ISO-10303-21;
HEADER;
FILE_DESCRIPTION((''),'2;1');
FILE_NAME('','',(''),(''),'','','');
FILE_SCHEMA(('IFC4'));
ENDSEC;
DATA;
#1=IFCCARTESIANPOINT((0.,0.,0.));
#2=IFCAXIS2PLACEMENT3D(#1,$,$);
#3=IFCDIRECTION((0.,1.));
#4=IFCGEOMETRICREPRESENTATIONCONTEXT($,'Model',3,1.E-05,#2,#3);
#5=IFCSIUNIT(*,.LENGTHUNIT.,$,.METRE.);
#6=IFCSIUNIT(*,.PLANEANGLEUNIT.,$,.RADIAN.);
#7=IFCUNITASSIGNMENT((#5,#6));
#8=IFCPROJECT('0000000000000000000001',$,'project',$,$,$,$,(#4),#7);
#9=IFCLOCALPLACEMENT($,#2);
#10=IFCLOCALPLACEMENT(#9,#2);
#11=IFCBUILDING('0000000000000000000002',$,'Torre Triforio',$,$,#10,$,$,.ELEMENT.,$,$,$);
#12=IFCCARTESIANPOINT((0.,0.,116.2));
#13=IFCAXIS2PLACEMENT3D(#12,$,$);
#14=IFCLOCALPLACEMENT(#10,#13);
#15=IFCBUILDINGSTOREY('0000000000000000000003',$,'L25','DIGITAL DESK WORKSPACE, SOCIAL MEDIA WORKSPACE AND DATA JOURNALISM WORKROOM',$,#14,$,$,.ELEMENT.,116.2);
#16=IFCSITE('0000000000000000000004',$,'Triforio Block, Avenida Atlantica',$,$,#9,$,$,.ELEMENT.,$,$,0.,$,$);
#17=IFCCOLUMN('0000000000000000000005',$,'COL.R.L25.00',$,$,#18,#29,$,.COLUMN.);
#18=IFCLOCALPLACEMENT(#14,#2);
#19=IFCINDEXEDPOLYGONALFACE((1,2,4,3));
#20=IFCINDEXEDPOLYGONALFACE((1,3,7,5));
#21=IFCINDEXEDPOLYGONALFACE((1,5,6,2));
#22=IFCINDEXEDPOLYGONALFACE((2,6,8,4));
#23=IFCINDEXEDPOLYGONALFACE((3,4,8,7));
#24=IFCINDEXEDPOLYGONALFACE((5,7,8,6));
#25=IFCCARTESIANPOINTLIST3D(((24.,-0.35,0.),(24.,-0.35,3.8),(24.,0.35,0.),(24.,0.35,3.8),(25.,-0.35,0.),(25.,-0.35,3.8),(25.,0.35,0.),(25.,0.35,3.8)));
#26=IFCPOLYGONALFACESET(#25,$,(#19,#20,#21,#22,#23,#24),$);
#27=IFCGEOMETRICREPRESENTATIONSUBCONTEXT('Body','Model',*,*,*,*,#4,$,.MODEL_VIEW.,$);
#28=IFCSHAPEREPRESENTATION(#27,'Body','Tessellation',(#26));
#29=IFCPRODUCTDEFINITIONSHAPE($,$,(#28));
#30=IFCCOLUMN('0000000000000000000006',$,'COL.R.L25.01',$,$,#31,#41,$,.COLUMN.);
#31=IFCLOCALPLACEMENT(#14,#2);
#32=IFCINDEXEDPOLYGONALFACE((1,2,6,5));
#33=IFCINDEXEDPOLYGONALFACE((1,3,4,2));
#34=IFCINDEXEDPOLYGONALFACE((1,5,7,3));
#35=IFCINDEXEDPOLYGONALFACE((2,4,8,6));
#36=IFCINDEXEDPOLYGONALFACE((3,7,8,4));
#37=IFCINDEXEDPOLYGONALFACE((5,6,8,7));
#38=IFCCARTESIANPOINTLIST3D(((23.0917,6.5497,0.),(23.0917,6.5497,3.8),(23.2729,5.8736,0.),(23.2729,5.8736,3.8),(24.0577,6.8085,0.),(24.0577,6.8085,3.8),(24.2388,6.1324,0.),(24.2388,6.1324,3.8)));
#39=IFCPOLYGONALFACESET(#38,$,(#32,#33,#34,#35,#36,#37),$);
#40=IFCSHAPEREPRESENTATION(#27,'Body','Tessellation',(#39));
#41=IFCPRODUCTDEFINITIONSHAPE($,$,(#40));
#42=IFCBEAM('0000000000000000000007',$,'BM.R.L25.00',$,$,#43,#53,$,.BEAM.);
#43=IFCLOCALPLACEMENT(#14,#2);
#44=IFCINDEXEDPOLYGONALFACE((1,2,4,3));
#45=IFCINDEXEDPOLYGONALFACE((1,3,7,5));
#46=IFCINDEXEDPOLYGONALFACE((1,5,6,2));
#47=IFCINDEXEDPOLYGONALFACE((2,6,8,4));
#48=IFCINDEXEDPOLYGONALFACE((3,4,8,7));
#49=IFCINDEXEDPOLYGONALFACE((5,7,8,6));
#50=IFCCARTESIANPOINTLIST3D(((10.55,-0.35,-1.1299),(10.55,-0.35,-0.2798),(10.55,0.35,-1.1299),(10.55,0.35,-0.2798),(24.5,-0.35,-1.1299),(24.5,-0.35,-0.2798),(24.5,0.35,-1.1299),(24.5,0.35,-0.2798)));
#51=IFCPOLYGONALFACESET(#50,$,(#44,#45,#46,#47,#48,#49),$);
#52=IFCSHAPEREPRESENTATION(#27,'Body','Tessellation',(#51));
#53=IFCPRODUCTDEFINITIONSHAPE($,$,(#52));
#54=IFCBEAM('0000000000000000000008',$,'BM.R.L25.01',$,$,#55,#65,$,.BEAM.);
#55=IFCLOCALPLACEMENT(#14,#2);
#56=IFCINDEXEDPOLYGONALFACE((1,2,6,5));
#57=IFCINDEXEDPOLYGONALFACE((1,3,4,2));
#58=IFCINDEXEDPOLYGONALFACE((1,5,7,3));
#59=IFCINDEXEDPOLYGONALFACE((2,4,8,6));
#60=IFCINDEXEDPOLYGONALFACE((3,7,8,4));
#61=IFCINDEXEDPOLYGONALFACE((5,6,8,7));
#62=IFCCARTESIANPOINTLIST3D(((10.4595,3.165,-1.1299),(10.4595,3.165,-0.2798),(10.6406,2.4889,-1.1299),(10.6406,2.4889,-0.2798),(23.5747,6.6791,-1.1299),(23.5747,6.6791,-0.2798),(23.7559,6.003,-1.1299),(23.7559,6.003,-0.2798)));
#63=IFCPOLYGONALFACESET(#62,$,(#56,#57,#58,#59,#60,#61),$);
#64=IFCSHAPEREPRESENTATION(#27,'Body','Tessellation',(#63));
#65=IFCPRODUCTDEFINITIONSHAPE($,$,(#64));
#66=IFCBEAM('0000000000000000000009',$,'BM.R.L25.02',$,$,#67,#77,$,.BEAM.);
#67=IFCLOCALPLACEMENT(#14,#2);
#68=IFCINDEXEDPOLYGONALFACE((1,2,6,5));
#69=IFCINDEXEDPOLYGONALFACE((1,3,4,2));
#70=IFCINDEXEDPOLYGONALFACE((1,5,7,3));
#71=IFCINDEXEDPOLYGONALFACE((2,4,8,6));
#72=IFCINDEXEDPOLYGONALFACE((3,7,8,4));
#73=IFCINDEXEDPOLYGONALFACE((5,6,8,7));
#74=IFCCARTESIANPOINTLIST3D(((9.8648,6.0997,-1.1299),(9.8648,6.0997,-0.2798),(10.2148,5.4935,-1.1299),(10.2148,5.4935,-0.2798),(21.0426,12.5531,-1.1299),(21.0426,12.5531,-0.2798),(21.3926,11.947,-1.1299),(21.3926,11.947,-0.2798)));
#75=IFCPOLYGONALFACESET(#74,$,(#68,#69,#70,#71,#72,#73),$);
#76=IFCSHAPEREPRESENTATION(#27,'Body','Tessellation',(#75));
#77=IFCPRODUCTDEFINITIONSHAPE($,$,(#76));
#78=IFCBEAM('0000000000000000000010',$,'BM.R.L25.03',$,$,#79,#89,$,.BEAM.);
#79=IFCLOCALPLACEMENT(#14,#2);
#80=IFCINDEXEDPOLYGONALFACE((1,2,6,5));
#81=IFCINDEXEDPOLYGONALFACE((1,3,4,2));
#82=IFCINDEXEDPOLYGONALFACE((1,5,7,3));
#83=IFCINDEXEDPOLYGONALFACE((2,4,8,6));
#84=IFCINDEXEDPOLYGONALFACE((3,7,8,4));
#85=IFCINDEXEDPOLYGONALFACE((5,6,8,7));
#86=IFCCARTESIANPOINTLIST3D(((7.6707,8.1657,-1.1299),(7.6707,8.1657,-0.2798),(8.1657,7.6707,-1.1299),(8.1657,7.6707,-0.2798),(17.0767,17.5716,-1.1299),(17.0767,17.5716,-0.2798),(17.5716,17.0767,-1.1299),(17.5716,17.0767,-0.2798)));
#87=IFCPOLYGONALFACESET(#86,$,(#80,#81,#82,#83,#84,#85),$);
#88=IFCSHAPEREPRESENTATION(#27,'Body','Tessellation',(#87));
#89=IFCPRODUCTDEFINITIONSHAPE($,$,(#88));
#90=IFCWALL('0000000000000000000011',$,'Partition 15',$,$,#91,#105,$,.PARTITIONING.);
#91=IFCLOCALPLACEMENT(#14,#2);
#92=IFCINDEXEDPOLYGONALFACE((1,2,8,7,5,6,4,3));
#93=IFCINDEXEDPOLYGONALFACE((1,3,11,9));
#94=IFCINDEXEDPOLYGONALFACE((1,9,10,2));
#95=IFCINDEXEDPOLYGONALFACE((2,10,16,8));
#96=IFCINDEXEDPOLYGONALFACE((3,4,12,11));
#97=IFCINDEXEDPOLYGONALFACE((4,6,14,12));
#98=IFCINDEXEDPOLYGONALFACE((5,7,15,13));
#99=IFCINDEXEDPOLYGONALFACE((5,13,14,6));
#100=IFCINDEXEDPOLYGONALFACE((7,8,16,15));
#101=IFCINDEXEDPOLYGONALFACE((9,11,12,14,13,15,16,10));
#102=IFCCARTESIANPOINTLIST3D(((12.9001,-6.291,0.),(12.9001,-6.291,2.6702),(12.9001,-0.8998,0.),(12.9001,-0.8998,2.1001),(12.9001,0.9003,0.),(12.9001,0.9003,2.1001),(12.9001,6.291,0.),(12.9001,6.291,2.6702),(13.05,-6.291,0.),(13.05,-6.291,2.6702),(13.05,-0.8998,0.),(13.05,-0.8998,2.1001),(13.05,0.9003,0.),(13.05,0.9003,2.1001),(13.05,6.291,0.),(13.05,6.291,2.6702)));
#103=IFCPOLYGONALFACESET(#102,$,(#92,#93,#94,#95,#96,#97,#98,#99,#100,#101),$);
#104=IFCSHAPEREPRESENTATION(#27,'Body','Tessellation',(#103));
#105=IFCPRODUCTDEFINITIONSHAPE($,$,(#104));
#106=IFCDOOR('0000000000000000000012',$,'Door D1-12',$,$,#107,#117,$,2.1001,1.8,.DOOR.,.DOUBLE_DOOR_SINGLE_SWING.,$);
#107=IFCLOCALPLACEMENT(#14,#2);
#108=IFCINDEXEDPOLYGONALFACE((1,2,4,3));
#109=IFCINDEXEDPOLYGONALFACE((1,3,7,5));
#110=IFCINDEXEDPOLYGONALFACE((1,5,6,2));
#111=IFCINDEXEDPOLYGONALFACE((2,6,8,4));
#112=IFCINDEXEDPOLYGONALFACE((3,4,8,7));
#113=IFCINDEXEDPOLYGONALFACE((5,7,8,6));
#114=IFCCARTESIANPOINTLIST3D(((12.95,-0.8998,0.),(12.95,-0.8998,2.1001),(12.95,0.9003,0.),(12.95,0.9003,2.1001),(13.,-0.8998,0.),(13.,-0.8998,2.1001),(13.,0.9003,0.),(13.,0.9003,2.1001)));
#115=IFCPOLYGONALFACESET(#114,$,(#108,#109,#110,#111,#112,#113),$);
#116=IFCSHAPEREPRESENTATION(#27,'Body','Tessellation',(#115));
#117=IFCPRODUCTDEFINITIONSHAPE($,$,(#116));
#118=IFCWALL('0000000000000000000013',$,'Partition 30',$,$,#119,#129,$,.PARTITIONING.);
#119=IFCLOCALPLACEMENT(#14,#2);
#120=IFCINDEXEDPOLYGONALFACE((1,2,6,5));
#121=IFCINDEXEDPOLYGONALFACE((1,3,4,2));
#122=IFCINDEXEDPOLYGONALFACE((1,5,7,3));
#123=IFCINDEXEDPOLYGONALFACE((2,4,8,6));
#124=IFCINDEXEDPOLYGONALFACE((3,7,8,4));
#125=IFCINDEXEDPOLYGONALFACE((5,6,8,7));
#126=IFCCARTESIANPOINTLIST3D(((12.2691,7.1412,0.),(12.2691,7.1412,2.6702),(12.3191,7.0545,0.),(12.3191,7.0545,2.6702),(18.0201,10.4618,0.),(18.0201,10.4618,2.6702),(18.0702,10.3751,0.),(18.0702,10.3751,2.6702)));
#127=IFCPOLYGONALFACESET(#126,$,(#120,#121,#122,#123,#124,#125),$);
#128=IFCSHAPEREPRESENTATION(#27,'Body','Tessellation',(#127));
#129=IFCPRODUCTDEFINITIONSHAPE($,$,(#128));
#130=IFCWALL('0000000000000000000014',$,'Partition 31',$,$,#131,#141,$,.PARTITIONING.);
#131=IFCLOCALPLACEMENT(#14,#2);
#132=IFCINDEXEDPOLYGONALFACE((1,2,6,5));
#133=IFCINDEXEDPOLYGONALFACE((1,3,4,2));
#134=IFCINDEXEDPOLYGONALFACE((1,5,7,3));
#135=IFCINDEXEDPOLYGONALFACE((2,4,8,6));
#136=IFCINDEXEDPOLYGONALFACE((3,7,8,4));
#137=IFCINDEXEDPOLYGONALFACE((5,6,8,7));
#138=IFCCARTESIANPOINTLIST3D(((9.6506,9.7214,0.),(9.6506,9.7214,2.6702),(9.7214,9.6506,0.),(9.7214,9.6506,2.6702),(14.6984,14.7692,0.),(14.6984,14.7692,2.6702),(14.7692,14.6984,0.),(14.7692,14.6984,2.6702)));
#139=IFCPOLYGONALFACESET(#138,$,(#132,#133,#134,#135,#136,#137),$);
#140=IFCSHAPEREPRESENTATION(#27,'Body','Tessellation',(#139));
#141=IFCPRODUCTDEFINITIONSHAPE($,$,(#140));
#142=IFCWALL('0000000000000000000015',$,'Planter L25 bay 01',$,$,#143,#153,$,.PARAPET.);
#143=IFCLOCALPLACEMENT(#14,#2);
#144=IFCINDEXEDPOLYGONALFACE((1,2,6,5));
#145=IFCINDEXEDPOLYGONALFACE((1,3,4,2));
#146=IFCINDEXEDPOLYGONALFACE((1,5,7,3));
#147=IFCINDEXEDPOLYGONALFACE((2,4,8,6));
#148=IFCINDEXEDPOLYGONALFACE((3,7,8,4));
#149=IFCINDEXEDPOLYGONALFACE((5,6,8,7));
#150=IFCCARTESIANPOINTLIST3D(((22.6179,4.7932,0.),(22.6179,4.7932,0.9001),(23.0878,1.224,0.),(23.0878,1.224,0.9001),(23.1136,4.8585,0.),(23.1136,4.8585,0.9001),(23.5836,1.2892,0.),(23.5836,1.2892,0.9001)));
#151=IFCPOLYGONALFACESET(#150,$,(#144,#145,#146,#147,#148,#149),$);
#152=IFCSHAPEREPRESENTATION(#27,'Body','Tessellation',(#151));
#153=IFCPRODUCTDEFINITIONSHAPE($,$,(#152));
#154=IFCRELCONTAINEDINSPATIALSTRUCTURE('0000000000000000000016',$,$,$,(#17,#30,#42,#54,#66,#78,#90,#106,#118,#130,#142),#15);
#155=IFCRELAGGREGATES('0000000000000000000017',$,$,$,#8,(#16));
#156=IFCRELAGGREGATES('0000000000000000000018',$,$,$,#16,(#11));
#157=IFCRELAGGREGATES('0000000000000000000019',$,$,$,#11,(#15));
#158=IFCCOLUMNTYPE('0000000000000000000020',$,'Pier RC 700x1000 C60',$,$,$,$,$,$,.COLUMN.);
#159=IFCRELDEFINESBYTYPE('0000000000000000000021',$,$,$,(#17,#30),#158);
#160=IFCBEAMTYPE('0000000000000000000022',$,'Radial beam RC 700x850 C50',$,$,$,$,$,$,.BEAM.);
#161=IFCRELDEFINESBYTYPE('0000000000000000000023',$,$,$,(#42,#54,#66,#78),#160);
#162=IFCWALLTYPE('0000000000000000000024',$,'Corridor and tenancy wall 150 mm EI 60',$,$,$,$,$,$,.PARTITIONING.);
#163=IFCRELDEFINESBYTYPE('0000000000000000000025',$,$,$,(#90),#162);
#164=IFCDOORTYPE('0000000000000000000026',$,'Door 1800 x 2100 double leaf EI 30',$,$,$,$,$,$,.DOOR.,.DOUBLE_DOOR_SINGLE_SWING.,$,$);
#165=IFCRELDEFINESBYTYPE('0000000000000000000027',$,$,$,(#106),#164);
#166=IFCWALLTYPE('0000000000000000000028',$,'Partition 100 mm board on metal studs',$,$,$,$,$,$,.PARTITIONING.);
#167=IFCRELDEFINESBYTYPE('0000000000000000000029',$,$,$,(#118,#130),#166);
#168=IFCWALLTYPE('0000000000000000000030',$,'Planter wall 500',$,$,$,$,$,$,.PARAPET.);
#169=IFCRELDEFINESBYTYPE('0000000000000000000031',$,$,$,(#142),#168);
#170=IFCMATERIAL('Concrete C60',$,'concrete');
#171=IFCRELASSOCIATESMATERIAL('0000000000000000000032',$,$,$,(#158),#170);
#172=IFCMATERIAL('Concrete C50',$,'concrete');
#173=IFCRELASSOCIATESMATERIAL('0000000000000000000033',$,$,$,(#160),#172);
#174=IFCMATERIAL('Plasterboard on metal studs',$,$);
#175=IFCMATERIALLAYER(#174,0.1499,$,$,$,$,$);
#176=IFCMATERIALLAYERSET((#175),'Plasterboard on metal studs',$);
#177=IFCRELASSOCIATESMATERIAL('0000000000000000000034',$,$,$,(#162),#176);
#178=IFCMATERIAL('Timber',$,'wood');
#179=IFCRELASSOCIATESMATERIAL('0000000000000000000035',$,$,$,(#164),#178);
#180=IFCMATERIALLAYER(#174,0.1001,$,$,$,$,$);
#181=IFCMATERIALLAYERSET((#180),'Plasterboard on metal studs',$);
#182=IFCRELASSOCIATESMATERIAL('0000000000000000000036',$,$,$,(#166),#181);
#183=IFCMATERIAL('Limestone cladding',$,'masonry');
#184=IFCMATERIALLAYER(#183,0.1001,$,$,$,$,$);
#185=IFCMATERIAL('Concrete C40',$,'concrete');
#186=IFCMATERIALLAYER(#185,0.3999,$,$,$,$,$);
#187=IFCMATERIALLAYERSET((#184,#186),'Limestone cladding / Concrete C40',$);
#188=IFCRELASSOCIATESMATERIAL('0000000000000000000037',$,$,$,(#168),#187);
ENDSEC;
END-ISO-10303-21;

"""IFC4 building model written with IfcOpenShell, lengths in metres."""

from ifc_helpers import new_model, si_unit, direction, frame, frame_2d, origin, origin_2d, place, context, subcontext, project, spatial, rectangle, extrude, material, layer, layer_set, material_profile, profile_set, type_object, element, fill, save


model = new_model("IFC4")

# Units and contexts
model_context = context("Model", 3, precision=1e-05, world=origin(), true_north=direction((0.0, 1.0)))
body_context = subcontext(model_context, "Body", "Model", "MODEL_VIEW")
ifc_project = project(units=[si_unit("LENGTHUNIT", "METRE"), si_unit("PLANEANGLEUNIT", "RADIAN")], contexts=[model_context])

# Site, building, storey
site_placement = place(None, origin())
site = spatial("IfcSite", under=ifc_project, at=site_placement, Name="Triforio Block, Avenida Atlantica", CompositionType="ELEMENT", RefElevation=0.0)
building_placement = place(site_placement, origin())
building = spatial("IfcBuilding", under=site, at=building_placement, Name="Torre Triforio", CompositionType="ELEMENT")
storey_placement = place(building_placement, frame((0.0, 0.0, 116.2)))
storey = spatial("IfcBuildingStorey", under=building, at=storey_placement, Name="L25", Description="DIGITAL DESK WORKSPACE, SOCIAL MEDIA WORKSPACE AND DATA JOURNALISM WORKROOM", CompositionType="ELEMENT", Elevation=116.2)

# Columns
ifc_material_1 = material(Name="Concrete C60", Category="concrete")
ifc_material_profile_1 = material_profile(ifc_material_1, rectangle(XDim=0.7, YDim=1.0, at=origin_2d()), Name="RC 700x1000")
ifc_profile_set_1 = profile_set([ifc_material_profile_1], Name="Concrete C60")
column_type = type_object("IfcColumnType", Name="Pier RC 700x1000 C60", PredefinedType="COLUMN", material=ifc_profile_set_1)
for number, where, z_axis, x_axis, name in (
    (1, (24.5, 0.0, 0.0), (0.0, 0.0, 1.0), (0.0, 1.0, 0.0), "COL.R.L25.00"),
    (2, (23.6653, 6.3411, 0.0), (0.0, 0.0, 1.0), (-0.258819, 0.965926, 0.0), "COL.R.L25.01"),
):
    element("IfcColumn", number, at=place(storey_placement, frame(where, z_axis=z_axis, x_axis=x_axis)), inside=storey, type_object=column_type, Name=name, PredefinedType="COLUMN", context=body_context, shape_type="SweptSolid", body=[
        extrude(rectangle(XDim=0.7, YDim=1.0, at=origin_2d()), origin(), (0.0, 0.0, 1.0), 3.8),
    ])

# Beams
ifc_material_2 = material(Name="Concrete C50", Category="concrete")
ifc_material_profile_2 = material_profile(ifc_material_2, rectangle(XDim=0.7, YDim=0.8501, at=origin_2d()), Name="RC 700x850")
ifc_profile_set_2 = profile_set([ifc_material_profile_2], Name="Concrete C50")
beam_type = type_object("IfcBeamType", Name="Radial beam RC 700x850 C50", PredefinedType="BEAM", material=ifc_profile_set_2)
beam_1_placement = place(storey_placement, frame((10.55, 0.0, -0.7048), z_axis=(1.0, 0.0, 0.0), x_axis=(0.0, 1.0, 0.0)))
element("IfcBeam", 3, at=beam_1_placement, inside=storey, type_object=beam_type, Name="BM.R.L25.00", PredefinedType="BEAM", context=body_context, shape_type="SweptSolid", body=[
    extrude(rectangle(XDim=0.7, YDim=0.8501, at=origin_2d()), origin(), (0.0, 0.0, 1.0), 13.95),
])
beam_2_placement = place(storey_placement, frame((10.55, 2.8269, -0.7048), z_axis=(0.965927, 0.258815, 0.0), x_axis=(-0.258815, 0.965927, 0.0)))
element("IfcBeam", 4, at=beam_2_placement, inside=storey, type_object=beam_type, Name="BM.R.L25.01", PredefinedType="BEAM", context=body_context, shape_type="SweptSolid", body=[
    extrude(rectangle(XDim=0.7, YDim=0.8501, at=origin_2d()), origin(), (0.0, 0.0, 1.0), 13.5779),
])
beam_3_placement = place(storey_placement, frame((10.0398, 5.7966, -0.7048), z_axis=(0.866029, 0.499994, 0.0), x_axis=(-0.499994, 0.866029, 0.0)))
element("IfcBeam", 5, at=beam_3_placement, inside=storey, type_object=beam_type, Name="BM.R.L25.02", PredefinedType="BEAM", context=body_context, shape_type="SweptSolid", body=[
    extrude(rectangle(XDim=0.7, YDim=0.8501, at=origin_2d()), origin(), (0.0, 0.0, 1.0), 12.907),
])
beam_4_placement = place(storey_placement, frame((7.9182, 7.9182, -0.7048), z_axis=(0.707107, 0.707107, 0.0), x_axis=(-0.707107, 0.707107, 0.0)))
element("IfcBeam", 6, at=beam_4_placement, inside=storey, type_object=beam_type, Name="BM.R.L25.03", PredefinedType="BEAM", context=body_context, shape_type="SweptSolid", body=[
    extrude(rectangle(XDim=0.7, YDim=0.8501, at=origin_2d()), origin(), (0.0, 0.0, 1.0), 13.302),
])

# Wall, opening, door
ifc_material_3 = material(Name="Plasterboard on metal studs")
ifc_layer_1 = layer(ifc_material_3, 0.1499)
ifc_layer_set_1 = layer_set([ifc_layer_1], Name="Plasterboard on metal studs")
wall_type_1 = type_object("IfcWallType", Name="Corridor and tenancy wall 150 mm EI 60", PredefinedType="PARTITIONING", material=ifc_layer_set_1)
wall_1_placement = place(storey_placement, frame((12.9751, 6.291, 0.0), z_axis=(0.0, 0.0, 1.0), x_axis=(0.0, -1.0, 0.0)))
wall_1 = element("IfcWall", 7, at=wall_1_placement, inside=storey, type_object=wall_type_1, Name="Partition 15", PredefinedType="PARTITIONING", context=body_context, shape_type="SweptSolid", body=[
    extrude(rectangle(XDim=12.582, YDim=0.1499, at=frame_2d((6.291, 0.0))), origin(), (0.0, 0.0, 1.0), 2.6702),
])
opening_1_placement = place(wall_1_placement, frame((5.3909, 0.0, 0.0)))
opening_1 = element("IfcOpeningElement", 8, at=opening_1_placement, cuts=wall_1, PredefinedType="OPENING", context=body_context, shape_type="SweptSolid", body=[
    extrude(rectangle(XDim=1.8, YDim=2.1001, at=frame_2d((0.8999, 1.05))), frame((0.0, 0.085, 0.0), z_axis=(0.0, -1.0, 0.0), x_axis=(1.0, 0.0, 0.0)), (0.0, 0.0, 1.0), 0.1699),
])
ifc_material_4 = material(Name="Timber", Category="wood")
door_type_1 = type_object("IfcDoorType", Name="Door 1800 x 2100 double leaf EI 30", OperationType="DOUBLE_DOOR_SINGLE_SWING", PredefinedType="DOOR", material=ifc_material_4)
door_1_placement = place(opening_1_placement, origin())
door_1 = element("IfcDoor", 9, at=door_1_placement, inside=storey, type_object=door_type_1, Name="Door D1-12", OperationType="DOUBLE_DOOR_SINGLE_SWING", OverallHeight=2.1001, OverallWidth=1.8, PredefinedType="DOOR", context=body_context, shape_type="SweptSolid", body=[
    extrude(rectangle(XDim=1.8, YDim=2.1001, at=frame_2d((0.8999, 1.05))), frame((0.0, 0.0249, 0.0), z_axis=(0.0, -1.0, 0.0), x_axis=(1.0, 0.0, 0.0)), (0.0, 0.0, 1.0), 0.05),
])
fill(opening_1, door_1)

# Walls
ifc_layer_2 = layer(ifc_material_3, 0.1001)
ifc_layer_set_2 = layer_set([ifc_layer_2], Name="Plasterboard on metal studs")
wall_type_2 = type_object("IfcWallType", Name="Partition 100 mm board on metal studs", PredefinedType="PARTITIONING", material=ifc_layer_set_2)
wall_2_placement = place(storey_placement, frame((12.2942, 7.0979, 0.0), z_axis=(0.0, 0.0, 1.0), x_axis=(0.86601, 0.500026, 0.0)))
element("IfcWall", 10, at=wall_2_placement, inside=storey, type_object=wall_type_2, Name="Partition 30", PredefinedType="PARTITIONING", context=body_context, shape_type="SweptSolid", body=[
    extrude(rectangle(XDim=6.6409, YDim=0.1001, at=frame_2d((3.3203, 0.0))), origin(), (0.0, 0.0, 1.0), 2.6702),
])
wall_3_placement = place(storey_placement, frame((9.686, 9.686, 0.0), z_axis=(0.0, 0.0, 1.0), x_axis=(0.707107, 0.707107, 0.0)))
element("IfcWall", 11, at=wall_3_placement, inside=storey, type_object=wall_type_2, Name="Partition 31", PredefinedType="PARTITIONING", context=body_context, shape_type="SweptSolid", body=[
    extrude(rectangle(XDim=7.1387, YDim=0.1001, at=frame_2d((3.5693, 0.0))), origin(), (0.0, 0.0, 1.0), 2.6702),
])
ifc_material_5 = material(Name="Limestone cladding", Category="masonry")
ifc_layer_3 = layer(ifc_material_5, 0.1001)
ifc_material_6 = material(Name="Concrete C40", Category="concrete")
ifc_layer_4 = layer(ifc_material_6, 0.3999)
ifc_layer_set_3 = layer_set([ifc_layer_3, ifc_layer_4], Name="Limestone cladding / Concrete C40")
wall_type_3 = type_object("IfcWallType", Name="Planter wall 500", PredefinedType="PARAPET", material=ifc_layer_set_3)
wall_4_placement = place(storey_placement, frame((23.3357, 1.2566, 0.0), z_axis=(0.0, 0.0, 1.0), x_axis=(-0.130542, 0.991443, 0.0)))
element("IfcWall", 12, at=wall_4_placement, inside=storey, type_object=wall_type_3, Name="Planter L25 bay 01", PredefinedType="PARAPET", context=body_context, shape_type="SweptSolid", body=[
    extrude(rectangle(XDim=3.6001, YDim=0.5, at=frame_2d((1.8, 0.0))), origin(), (0.0, 0.0, 1.0), 0.9001),
])

save(model, "model.ifc")
